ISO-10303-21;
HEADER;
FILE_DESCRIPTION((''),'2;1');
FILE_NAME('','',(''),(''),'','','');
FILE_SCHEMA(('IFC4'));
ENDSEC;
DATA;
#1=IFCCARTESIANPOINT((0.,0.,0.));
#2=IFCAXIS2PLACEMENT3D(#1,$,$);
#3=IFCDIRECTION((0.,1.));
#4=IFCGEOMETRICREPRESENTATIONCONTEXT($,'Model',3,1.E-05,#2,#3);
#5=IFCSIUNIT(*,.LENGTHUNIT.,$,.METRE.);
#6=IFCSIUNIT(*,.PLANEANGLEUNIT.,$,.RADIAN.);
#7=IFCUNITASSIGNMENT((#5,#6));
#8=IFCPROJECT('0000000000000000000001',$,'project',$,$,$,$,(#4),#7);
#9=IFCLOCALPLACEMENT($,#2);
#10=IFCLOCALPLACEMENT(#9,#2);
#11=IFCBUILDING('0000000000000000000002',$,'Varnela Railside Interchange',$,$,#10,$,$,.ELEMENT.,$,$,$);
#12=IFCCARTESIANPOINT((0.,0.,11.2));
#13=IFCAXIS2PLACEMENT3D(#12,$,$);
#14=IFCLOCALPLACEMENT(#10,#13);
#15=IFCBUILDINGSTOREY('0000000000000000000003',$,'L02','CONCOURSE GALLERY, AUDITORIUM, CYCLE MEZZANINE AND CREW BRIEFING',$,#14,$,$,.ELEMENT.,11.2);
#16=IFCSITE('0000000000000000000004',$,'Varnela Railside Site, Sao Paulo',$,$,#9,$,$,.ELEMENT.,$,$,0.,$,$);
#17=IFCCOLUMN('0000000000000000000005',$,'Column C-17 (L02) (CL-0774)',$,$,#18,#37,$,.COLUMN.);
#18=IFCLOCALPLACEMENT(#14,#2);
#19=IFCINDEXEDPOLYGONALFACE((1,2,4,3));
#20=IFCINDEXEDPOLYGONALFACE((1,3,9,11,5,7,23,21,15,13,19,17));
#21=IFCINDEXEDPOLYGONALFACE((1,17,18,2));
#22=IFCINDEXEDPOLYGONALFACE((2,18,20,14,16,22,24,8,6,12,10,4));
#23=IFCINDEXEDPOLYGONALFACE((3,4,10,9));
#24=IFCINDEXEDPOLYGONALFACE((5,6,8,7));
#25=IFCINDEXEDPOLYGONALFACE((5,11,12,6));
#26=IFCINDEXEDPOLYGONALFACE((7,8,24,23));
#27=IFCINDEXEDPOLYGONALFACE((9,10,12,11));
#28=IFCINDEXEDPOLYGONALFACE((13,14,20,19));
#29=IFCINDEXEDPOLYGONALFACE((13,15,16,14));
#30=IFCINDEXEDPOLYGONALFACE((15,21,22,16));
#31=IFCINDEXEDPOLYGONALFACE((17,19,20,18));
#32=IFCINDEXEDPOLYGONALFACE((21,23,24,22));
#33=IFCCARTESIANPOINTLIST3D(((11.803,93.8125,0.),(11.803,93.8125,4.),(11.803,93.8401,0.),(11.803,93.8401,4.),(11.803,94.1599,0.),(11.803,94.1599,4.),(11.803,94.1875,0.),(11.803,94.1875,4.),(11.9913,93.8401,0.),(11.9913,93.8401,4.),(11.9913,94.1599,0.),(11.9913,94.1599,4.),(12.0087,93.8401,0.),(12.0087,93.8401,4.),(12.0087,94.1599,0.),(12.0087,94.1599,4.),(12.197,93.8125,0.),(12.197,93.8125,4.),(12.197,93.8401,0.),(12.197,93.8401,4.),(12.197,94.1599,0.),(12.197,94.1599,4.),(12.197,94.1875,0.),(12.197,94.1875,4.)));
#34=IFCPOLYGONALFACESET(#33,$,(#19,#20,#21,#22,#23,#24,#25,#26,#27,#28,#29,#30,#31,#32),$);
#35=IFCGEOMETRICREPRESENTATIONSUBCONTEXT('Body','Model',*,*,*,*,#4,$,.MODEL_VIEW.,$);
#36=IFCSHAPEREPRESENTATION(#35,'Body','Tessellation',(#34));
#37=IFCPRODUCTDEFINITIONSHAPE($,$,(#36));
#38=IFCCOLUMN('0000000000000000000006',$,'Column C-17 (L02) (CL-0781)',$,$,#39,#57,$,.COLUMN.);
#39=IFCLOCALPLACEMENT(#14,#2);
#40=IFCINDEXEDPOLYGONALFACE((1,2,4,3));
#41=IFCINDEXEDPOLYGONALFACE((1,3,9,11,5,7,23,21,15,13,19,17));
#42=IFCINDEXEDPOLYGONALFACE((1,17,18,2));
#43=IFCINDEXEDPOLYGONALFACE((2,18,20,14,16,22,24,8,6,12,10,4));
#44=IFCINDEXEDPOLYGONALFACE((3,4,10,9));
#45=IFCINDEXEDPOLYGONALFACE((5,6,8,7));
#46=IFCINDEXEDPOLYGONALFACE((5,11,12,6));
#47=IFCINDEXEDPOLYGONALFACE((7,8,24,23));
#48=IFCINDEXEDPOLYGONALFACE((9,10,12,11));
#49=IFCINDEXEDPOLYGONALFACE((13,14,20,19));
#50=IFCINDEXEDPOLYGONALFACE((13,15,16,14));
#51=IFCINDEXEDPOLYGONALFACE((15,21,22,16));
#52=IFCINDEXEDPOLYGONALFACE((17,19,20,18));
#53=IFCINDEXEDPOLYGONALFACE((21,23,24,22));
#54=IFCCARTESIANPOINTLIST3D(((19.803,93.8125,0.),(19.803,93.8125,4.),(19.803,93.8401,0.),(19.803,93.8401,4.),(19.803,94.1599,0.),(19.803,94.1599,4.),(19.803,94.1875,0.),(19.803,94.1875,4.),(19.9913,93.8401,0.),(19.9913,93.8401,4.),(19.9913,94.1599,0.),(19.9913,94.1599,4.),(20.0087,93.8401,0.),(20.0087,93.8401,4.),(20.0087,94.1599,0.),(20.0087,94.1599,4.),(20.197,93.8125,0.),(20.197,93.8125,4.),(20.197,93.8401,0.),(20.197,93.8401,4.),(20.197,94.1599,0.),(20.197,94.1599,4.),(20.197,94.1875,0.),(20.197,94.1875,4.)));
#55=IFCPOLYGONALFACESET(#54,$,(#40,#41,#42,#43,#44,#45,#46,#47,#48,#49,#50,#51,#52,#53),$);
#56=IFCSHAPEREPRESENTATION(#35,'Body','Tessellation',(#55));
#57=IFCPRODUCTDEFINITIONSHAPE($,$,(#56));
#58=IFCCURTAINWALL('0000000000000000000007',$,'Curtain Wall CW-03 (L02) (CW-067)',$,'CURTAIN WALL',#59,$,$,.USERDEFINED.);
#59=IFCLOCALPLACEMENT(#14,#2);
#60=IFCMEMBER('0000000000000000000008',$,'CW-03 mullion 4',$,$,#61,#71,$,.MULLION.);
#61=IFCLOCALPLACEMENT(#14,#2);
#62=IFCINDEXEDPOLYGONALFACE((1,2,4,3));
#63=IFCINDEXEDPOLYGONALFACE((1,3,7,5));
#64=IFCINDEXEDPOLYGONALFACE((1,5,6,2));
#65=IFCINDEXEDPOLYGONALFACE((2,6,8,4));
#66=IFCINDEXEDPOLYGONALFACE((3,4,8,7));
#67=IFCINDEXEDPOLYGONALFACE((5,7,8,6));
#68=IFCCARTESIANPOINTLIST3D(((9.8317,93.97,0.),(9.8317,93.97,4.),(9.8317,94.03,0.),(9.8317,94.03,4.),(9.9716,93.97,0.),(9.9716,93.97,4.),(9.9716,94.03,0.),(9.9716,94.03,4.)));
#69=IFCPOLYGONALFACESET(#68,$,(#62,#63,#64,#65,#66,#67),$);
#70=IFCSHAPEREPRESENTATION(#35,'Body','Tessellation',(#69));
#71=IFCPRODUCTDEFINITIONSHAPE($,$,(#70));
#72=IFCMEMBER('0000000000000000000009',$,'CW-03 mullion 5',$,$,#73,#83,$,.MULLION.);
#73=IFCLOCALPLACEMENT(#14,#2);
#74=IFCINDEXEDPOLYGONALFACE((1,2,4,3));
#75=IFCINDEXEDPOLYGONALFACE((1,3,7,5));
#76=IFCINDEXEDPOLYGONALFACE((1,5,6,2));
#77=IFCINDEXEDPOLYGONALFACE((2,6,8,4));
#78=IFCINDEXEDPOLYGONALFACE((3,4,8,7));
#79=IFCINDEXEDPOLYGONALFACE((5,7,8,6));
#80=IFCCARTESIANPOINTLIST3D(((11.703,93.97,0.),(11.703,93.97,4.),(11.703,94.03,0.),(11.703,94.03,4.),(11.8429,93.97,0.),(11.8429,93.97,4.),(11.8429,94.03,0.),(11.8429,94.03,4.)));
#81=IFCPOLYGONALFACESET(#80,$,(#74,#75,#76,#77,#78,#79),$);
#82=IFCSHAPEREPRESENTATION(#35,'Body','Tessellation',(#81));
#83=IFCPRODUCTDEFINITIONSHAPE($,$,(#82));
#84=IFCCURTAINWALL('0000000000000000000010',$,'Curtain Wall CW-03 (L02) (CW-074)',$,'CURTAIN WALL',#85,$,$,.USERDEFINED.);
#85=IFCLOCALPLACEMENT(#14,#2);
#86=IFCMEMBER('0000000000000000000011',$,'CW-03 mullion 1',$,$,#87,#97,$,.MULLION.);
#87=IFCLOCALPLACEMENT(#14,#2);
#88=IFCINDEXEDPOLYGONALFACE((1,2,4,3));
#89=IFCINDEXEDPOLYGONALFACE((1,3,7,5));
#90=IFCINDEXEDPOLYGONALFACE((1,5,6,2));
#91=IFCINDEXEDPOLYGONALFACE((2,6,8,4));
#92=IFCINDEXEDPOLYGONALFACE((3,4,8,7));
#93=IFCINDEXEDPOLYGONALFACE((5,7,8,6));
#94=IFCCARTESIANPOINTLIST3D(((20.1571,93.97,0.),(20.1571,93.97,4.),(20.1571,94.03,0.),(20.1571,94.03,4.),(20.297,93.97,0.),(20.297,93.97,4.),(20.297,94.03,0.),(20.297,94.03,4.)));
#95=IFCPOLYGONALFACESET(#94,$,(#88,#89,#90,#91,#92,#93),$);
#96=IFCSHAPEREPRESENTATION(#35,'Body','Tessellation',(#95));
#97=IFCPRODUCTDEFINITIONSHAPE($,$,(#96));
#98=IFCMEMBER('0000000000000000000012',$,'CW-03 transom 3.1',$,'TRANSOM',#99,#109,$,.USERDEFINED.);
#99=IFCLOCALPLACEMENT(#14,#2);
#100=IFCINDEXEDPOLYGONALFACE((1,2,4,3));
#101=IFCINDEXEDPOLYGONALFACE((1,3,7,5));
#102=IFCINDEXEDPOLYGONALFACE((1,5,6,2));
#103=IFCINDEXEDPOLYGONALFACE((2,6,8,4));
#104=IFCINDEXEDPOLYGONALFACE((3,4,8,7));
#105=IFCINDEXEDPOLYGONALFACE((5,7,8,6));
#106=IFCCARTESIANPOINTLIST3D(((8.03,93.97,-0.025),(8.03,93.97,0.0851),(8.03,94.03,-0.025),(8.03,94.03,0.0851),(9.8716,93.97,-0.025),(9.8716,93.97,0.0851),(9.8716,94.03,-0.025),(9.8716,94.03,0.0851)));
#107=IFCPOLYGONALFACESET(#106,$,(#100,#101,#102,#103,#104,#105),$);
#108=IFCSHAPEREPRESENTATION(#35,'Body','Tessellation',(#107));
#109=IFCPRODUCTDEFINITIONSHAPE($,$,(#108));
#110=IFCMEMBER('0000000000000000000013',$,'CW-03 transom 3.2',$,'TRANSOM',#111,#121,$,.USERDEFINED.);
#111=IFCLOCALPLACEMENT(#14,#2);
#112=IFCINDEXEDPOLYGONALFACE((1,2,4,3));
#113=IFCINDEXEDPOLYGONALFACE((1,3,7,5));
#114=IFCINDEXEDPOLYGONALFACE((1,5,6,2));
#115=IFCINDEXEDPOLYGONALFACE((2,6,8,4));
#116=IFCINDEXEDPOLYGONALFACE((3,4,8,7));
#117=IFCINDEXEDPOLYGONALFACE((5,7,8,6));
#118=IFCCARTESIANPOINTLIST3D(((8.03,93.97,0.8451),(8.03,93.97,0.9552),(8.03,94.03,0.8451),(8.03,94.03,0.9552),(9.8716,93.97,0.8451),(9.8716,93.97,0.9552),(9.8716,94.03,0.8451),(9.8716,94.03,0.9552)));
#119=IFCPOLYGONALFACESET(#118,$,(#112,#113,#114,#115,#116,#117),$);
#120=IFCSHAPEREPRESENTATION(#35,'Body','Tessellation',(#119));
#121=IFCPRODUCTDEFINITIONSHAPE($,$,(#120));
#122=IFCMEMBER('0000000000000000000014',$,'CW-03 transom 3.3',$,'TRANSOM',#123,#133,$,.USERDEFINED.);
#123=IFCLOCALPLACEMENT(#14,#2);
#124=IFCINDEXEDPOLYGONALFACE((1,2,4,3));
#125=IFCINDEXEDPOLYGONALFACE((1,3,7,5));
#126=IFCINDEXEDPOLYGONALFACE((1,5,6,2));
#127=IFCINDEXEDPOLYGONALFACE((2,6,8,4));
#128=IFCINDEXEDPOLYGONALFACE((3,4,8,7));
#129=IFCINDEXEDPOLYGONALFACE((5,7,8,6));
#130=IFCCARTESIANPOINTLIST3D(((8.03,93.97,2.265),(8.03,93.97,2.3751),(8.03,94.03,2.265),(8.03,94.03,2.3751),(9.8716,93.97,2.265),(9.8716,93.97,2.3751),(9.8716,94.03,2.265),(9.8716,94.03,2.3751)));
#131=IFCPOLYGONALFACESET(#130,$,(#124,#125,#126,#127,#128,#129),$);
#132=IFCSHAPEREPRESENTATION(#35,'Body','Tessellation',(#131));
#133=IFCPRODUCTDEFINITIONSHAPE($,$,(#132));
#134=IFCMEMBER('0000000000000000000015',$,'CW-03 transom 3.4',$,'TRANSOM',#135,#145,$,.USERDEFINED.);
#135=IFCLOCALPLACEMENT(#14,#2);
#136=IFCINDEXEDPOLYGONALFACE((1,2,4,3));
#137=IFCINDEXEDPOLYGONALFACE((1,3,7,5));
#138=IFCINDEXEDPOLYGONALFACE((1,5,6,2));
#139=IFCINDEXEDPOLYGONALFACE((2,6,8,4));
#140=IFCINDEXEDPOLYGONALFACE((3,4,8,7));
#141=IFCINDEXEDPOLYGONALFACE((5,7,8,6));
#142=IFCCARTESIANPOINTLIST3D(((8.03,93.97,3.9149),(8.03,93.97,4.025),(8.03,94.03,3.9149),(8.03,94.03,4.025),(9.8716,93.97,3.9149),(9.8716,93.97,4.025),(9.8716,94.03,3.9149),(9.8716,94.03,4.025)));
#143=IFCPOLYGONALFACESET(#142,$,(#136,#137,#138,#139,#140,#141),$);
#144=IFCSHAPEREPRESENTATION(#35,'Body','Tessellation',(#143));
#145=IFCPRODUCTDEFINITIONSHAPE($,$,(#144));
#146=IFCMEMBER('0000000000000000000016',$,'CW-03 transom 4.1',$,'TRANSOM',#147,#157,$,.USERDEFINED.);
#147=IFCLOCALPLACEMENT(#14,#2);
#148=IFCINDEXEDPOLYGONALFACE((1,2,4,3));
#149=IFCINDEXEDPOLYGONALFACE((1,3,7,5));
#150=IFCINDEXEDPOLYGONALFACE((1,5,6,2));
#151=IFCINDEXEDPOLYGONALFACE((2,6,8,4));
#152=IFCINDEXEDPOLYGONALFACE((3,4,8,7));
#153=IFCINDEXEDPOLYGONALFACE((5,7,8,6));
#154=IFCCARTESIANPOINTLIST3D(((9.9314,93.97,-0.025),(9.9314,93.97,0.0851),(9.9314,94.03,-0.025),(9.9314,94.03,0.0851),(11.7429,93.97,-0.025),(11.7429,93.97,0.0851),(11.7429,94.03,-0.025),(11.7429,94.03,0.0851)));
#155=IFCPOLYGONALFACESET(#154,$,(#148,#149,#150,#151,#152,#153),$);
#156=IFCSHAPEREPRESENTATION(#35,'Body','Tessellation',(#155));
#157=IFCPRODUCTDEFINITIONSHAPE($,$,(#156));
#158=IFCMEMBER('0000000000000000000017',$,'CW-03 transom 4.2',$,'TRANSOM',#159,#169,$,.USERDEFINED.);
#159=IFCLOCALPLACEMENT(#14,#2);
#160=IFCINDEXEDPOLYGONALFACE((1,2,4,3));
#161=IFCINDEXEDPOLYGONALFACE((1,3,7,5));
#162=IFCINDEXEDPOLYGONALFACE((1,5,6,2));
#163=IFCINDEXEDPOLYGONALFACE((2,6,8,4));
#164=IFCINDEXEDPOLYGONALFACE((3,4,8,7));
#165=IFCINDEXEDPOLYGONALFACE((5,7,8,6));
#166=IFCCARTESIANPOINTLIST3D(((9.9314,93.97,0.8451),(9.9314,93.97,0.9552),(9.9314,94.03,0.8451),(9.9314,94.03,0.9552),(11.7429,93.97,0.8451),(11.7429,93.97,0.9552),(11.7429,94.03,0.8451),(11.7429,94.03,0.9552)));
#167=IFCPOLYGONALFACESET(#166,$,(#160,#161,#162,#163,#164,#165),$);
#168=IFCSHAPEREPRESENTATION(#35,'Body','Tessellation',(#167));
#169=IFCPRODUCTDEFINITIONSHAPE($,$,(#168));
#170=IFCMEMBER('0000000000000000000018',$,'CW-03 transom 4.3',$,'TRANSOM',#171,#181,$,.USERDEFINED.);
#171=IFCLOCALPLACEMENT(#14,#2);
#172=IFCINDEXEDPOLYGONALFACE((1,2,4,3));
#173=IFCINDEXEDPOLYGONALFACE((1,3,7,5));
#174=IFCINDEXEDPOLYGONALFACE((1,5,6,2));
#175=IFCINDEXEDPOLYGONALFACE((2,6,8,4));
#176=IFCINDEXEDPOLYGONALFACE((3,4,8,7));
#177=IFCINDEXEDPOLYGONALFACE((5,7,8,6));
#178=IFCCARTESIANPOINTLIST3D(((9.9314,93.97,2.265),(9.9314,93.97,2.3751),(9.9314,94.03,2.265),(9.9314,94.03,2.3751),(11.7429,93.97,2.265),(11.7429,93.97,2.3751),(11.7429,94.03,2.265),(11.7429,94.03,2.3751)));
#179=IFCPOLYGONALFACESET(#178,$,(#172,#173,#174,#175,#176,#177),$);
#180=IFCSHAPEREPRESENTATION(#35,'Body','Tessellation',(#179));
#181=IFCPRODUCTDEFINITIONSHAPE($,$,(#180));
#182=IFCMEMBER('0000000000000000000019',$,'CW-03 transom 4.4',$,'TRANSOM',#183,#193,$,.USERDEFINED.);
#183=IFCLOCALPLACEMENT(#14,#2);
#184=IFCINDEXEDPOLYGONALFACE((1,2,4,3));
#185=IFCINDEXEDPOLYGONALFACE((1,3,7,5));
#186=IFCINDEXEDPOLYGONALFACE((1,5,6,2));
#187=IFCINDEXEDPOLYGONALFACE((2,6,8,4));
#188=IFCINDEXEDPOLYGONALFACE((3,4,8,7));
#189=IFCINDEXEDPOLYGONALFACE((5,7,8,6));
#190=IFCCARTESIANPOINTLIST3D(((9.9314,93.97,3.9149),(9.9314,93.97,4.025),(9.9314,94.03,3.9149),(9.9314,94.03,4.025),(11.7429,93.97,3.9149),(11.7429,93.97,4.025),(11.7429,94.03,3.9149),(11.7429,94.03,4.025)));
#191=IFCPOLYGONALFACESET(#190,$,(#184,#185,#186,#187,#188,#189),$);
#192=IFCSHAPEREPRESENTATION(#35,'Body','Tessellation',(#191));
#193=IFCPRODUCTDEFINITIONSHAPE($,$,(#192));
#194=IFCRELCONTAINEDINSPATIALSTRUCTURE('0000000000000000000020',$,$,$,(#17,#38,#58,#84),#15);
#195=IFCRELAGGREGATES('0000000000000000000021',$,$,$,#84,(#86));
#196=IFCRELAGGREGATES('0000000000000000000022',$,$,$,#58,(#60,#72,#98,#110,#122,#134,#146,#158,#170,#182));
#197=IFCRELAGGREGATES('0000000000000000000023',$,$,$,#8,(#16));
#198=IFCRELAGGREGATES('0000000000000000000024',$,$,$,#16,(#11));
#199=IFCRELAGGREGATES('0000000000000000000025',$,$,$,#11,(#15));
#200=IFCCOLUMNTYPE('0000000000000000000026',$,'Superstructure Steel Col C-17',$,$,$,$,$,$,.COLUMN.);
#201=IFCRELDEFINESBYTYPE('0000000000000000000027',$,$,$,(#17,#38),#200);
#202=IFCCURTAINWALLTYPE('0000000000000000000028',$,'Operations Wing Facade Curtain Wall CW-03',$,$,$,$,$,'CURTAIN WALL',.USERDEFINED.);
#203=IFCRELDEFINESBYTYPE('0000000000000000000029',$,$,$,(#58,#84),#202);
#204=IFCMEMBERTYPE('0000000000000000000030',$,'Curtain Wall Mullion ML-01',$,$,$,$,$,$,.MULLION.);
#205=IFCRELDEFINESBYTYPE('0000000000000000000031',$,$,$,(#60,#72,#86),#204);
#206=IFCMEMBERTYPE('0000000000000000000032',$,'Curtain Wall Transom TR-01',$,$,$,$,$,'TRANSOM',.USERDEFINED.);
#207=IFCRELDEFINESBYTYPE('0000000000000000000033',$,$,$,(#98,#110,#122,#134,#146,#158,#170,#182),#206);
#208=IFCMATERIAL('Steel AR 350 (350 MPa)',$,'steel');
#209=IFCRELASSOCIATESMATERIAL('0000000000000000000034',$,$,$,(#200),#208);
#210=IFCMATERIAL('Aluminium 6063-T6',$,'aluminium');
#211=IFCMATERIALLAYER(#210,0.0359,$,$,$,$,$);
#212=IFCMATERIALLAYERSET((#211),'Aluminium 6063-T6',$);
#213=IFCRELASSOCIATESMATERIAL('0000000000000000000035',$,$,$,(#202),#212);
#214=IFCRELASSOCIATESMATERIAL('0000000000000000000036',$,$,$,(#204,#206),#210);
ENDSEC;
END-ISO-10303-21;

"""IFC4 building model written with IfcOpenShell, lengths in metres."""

from ifc_helpers import new_model, si_unit, direction, frame, origin, origin_2d, place, context, subcontext, project, spatial, rectangle, i_section, extrude, material, layer, layer_set, material_profile, profile_set, type_object, element, aggregate, save


model = new_model("IFC4")

# Units and contexts
model_context = context("Model", 3, precision=1e-05, world=origin(), true_north=direction((0.0, 1.0)))
body_context = subcontext(model_context, "Body", "Model", "MODEL_VIEW")
ifc_project = project(units=[si_unit("LENGTHUNIT", "METRE"), si_unit("PLANEANGLEUNIT", "RADIAN")], contexts=[model_context])

# Site, building, storey
site_placement = place(None, origin())
site = spatial("IfcSite", under=ifc_project, at=site_placement, Name="Varnela Railside Site, Sao Paulo", CompositionType="ELEMENT", RefElevation=0.0)
building_placement = place(site_placement, origin())
building = spatial("IfcBuilding", under=site, at=building_placement, Name="Varnela Railside Interchange", CompositionType="ELEMENT")
storey_placement = place(building_placement, frame((0.0, 0.0, 11.2)))
storey = spatial("IfcBuildingStorey", under=building, at=storey_placement, Name="L02", Description="CONCOURSE GALLERY, AUDITORIUM, CYCLE MEZZANINE AND CREW BRIEFING", CompositionType="ELEMENT", Elevation=11.2)

# Columns
ifc_material_1 = material(Name="Steel AR 350 (350 MPa)", Category="steel")
ifc_material_profile_1 = material_profile(ifc_material_1, i_section(OverallWidth=0.394, OverallDepth=0.375, WebThickness=0.0173, FlangeThickness=0.0276, at=origin_2d()), Name="W360x216")
ifc_profile_set_1 = profile_set([ifc_material_profile_1], Name="Steel AR 350 (350 MPa)")
column_type = type_object("IfcColumnType", Name="Superstructure Steel Col C-17", PredefinedType="COLUMN", material=ifc_profile_set_1)
for number, where, z_axis, x_axis, name in (
    (1, (12.0, 94.0, 0.0), (0.0, 0.0, 1.0), (1.0, 0.0, 0.0), "Column C-17 (L02) (CL-0774)"),
    (2, (20.0, 94.0, 0.0), (0.0, 0.0, 1.0), (1.0, 0.0, 0.0), "Column C-17 (L02) (CL-0781)"),
):
    element("IfcColumn", number, at=place(storey_placement, frame(where, z_axis=z_axis, x_axis=x_axis)), inside=storey, type_object=column_type, Name=name, PredefinedType="COLUMN", context=body_context, shape_type="SweptSolid", body=[
        extrude(i_section(OverallWidth=0.394, OverallDepth=0.375, WebThickness=0.0173, FlangeThickness=0.0276, at=origin_2d()), origin(), (0.0, 0.0, 1.0), 4.0),
    ])

# Curtain wall, members
ifc_material_2 = material(Name="Aluminium 6063-T6", Category="aluminium")
ifc_layer_1 = layer(ifc_material_2, 0.0359)
ifc_layer_set_1 = layer_set([ifc_layer_1], Name="Aluminium 6063-T6")
curtain_wall_type = type_object("IfcCurtainWallType", Name="Operations Wing Facade Curtain Wall CW-03", ElementType="CURTAIN WALL", PredefinedType="USERDEFINED", material=ifc_layer_set_1)
curtain_wall_1_placement = place(storey_placement, origin())
curtain_wall_1 = element("IfcCurtainWall", 3, at=curtain_wall_1_placement, inside=storey, type_object=curtain_wall_type, Name="Curtain Wall CW-03 (L02) (CW-067)", ObjectType="CURTAIN WALL", PredefinedType="USERDEFINED")
ifc_material_profile_2 = material_profile(ifc_material_2, rectangle(XDim=0.0601, YDim=0.1399, at=origin_2d()), Name="ALU 60x140")
ifc_profile_set_2 = profile_set([ifc_material_profile_2], Name="Aluminium 6063-T6")
member_type_1 = type_object("IfcMemberType", Name="Curtain Wall Mullion ML-01", PredefinedType="MULLION", material=ifc_profile_set_2)
member_1_placement = place(storey_placement, frame((9.9016, 94.0, 0.0), z_axis=(0.0, 0.0, 1.0), x_axis=(0.0, 1.0, 0.0)))
member_1 = element("IfcMember", 4, at=member_1_placement, type_object=member_type_1, Name="CW-03 mullion 4", PredefinedType="MULLION", context=body_context, shape_type="SweptSolid", body=[
    extrude(rectangle(XDim=0.0601, YDim=0.1399, at=origin_2d()), origin(), (0.0, 0.0, 1.0), 4.0),
])
member_2_placement = place(storey_placement, frame((11.7729, 94.0, 0.0), z_axis=(0.0, 0.0, 1.0), x_axis=(0.0, 1.0, 0.0)))
member_2 = element("IfcMember", 5, at=member_2_placement, type_object=member_type_1, Name="CW-03 mullion 5", PredefinedType="MULLION", context=body_context, shape_type="SweptSolid", body=[
    extrude(rectangle(XDim=0.0601, YDim=0.1399, at=origin_2d()), origin(), (0.0, 0.0, 1.0), 4.0),
])

# Curtain wall, member
curtain_wall_2_placement = place(storey_placement, origin())
curtain_wall_2 = element("IfcCurtainWall", 6, at=curtain_wall_2_placement, inside=storey, type_object=curtain_wall_type, Name="Curtain Wall CW-03 (L02) (CW-074)", ObjectType="CURTAIN WALL", PredefinedType="USERDEFINED")
member_3_placement = place(storey_placement, frame((20.2271, 94.0, 0.0), z_axis=(0.0, 0.0, 1.0), x_axis=(0.0, 1.0, 0.0)))
member_3 = element("IfcMember", 7, at=member_3_placement, type_object=member_type_1, Name="CW-03 mullion 1", PredefinedType="MULLION", context=body_context, shape_type="SweptSolid", body=[
    extrude(rectangle(XDim=0.0601, YDim=0.1399, at=origin_2d()), origin(), (0.0, 0.0, 1.0), 4.0),
])

# Members
ifc_material_profile_3 = material_profile(ifc_material_2, rectangle(XDim=0.0601, YDim=0.1101, at=origin_2d()), Name="ALU 60x110")
ifc_profile_set_3 = profile_set([ifc_material_profile_3], Name="Aluminium 6063-T6")
member_type_2 = type_object("IfcMemberType", Name="Curtain Wall Transom TR-01", ElementType="TRANSOM", PredefinedType="USERDEFINED", material=ifc_profile_set_3)
member_4_placement = place(storey_placement, frame((8.03, 94.0, 0.03), z_axis=(1.0, 0.0, 0.0), x_axis=(0.0, 1.0, 0.0)))
member_4 = element("IfcMember", 8, at=member_4_placement, type_object=member_type_2, Name="CW-03 transom 3.1", ObjectType="TRANSOM", PredefinedType="USERDEFINED", context=body_context, shape_type="SweptSolid", body=[
    extrude(rectangle(XDim=0.0601, YDim=0.1101, at=origin_2d()), origin(), (0.0, 0.0, 1.0), 1.8416),
])
member_5_placement = place(storey_placement, frame((8.03, 94.0, 0.9001), z_axis=(1.0, 0.0, 0.0), x_axis=(0.0, 1.0, 0.0)))
member_5 = element("IfcMember", 9, at=member_5_placement, type_object=member_type_2, Name="CW-03 transom 3.2", ObjectType="TRANSOM", PredefinedType="USERDEFINED", context=body_context, shape_type="SweptSolid", body=[
    extrude(rectangle(XDim=0.0601, YDim=0.1101, at=origin_2d()), origin(), (0.0, 0.0, 1.0), 1.8416),
])
member_6_placement = place(storey_placement, frame((8.03, 94.0, 2.3201), z_axis=(1.0, 0.0, 0.0), x_axis=(0.0, 1.0, 0.0)))
member_6 = element("IfcMember", 10, at=member_6_placement, type_object=member_type_2, Name="CW-03 transom 3.3", ObjectType="TRANSOM", PredefinedType="USERDEFINED", context=body_context, shape_type="SweptSolid", body=[
    extrude(rectangle(XDim=0.0601, YDim=0.1101, at=origin_2d()), origin(), (0.0, 0.0, 1.0), 1.8416),
])
member_7_placement = place(storey_placement, frame((8.03, 94.0, 3.97), z_axis=(1.0, 0.0, 0.0), x_axis=(0.0, 1.0, 0.0)))
member_7 = element("IfcMember", 11, at=member_7_placement, type_object=member_type_2, Name="CW-03 transom 3.4", ObjectType="TRANSOM", PredefinedType="USERDEFINED", context=body_context, shape_type="SweptSolid", body=[
    extrude(rectangle(XDim=0.0601, YDim=0.1101, at=origin_2d()), origin(), (0.0, 0.0, 1.0), 1.8416),
])
member_8_placement = place(storey_placement, frame((9.9314, 94.0, 0.03), z_axis=(1.0, 0.0, 0.0), x_axis=(0.0, 1.0, 0.0)))
member_8 = element("IfcMember", 12, at=member_8_placement, type_object=member_type_2, Name="CW-03 transom 4.1", ObjectType="TRANSOM", PredefinedType="USERDEFINED", context=body_context, shape_type="SweptSolid", body=[
    extrude(rectangle(XDim=0.0601, YDim=0.1101, at=origin_2d()), origin(), (0.0, 0.0, 1.0), 1.8115),
])
member_9_placement = place(storey_placement, frame((9.9314, 94.0, 0.9001), z_axis=(1.0, 0.0, 0.0), x_axis=(0.0, 1.0, 0.0)))
member_9 = element("IfcMember", 13, at=member_9_placement, type_object=member_type_2, Name="CW-03 transom 4.2", ObjectType="TRANSOM", PredefinedType="USERDEFINED", context=body_context, shape_type="SweptSolid", body=[
    extrude(rectangle(XDim=0.0601, YDim=0.1101, at=origin_2d()), origin(), (0.0, 0.0, 1.0), 1.8115),
])
member_10_placement = place(storey_placement, frame((9.9314, 94.0, 2.3201), z_axis=(1.0, 0.0, 0.0), x_axis=(0.0, 1.0, 0.0)))
member_10 = element("IfcMember", 14, at=member_10_placement, type_object=member_type_2, Name="CW-03 transom 4.3", ObjectType="TRANSOM", PredefinedType="USERDEFINED", context=body_context, shape_type="SweptSolid", body=[
    extrude(rectangle(XDim=0.0601, YDim=0.1101, at=origin_2d()), origin(), (0.0, 0.0, 1.0), 1.8115),
])
member_11_placement = place(storey_placement, frame((9.9314, 94.0, 3.97), z_axis=(1.0, 0.0, 0.0), x_axis=(0.0, 1.0, 0.0)))
member_11 = element("IfcMember", 15, at=member_11_placement, type_object=member_type_2, Name="CW-03 transom 4.4", ObjectType="TRANSOM", PredefinedType="USERDEFINED", context=body_context, shape_type="SweptSolid", body=[
    extrude(rectangle(XDim=0.0601, YDim=0.1101, at=origin_2d()), origin(), (0.0, 0.0, 1.0), 1.8115),
])
aggregate(curtain_wall_2, [member_3])

aggregate(curtain_wall_1, [member_1, member_2, member_4, member_5, member_6, member_7, member_8, member_9, member_10, member_11])

save(model, "model.ifc")
